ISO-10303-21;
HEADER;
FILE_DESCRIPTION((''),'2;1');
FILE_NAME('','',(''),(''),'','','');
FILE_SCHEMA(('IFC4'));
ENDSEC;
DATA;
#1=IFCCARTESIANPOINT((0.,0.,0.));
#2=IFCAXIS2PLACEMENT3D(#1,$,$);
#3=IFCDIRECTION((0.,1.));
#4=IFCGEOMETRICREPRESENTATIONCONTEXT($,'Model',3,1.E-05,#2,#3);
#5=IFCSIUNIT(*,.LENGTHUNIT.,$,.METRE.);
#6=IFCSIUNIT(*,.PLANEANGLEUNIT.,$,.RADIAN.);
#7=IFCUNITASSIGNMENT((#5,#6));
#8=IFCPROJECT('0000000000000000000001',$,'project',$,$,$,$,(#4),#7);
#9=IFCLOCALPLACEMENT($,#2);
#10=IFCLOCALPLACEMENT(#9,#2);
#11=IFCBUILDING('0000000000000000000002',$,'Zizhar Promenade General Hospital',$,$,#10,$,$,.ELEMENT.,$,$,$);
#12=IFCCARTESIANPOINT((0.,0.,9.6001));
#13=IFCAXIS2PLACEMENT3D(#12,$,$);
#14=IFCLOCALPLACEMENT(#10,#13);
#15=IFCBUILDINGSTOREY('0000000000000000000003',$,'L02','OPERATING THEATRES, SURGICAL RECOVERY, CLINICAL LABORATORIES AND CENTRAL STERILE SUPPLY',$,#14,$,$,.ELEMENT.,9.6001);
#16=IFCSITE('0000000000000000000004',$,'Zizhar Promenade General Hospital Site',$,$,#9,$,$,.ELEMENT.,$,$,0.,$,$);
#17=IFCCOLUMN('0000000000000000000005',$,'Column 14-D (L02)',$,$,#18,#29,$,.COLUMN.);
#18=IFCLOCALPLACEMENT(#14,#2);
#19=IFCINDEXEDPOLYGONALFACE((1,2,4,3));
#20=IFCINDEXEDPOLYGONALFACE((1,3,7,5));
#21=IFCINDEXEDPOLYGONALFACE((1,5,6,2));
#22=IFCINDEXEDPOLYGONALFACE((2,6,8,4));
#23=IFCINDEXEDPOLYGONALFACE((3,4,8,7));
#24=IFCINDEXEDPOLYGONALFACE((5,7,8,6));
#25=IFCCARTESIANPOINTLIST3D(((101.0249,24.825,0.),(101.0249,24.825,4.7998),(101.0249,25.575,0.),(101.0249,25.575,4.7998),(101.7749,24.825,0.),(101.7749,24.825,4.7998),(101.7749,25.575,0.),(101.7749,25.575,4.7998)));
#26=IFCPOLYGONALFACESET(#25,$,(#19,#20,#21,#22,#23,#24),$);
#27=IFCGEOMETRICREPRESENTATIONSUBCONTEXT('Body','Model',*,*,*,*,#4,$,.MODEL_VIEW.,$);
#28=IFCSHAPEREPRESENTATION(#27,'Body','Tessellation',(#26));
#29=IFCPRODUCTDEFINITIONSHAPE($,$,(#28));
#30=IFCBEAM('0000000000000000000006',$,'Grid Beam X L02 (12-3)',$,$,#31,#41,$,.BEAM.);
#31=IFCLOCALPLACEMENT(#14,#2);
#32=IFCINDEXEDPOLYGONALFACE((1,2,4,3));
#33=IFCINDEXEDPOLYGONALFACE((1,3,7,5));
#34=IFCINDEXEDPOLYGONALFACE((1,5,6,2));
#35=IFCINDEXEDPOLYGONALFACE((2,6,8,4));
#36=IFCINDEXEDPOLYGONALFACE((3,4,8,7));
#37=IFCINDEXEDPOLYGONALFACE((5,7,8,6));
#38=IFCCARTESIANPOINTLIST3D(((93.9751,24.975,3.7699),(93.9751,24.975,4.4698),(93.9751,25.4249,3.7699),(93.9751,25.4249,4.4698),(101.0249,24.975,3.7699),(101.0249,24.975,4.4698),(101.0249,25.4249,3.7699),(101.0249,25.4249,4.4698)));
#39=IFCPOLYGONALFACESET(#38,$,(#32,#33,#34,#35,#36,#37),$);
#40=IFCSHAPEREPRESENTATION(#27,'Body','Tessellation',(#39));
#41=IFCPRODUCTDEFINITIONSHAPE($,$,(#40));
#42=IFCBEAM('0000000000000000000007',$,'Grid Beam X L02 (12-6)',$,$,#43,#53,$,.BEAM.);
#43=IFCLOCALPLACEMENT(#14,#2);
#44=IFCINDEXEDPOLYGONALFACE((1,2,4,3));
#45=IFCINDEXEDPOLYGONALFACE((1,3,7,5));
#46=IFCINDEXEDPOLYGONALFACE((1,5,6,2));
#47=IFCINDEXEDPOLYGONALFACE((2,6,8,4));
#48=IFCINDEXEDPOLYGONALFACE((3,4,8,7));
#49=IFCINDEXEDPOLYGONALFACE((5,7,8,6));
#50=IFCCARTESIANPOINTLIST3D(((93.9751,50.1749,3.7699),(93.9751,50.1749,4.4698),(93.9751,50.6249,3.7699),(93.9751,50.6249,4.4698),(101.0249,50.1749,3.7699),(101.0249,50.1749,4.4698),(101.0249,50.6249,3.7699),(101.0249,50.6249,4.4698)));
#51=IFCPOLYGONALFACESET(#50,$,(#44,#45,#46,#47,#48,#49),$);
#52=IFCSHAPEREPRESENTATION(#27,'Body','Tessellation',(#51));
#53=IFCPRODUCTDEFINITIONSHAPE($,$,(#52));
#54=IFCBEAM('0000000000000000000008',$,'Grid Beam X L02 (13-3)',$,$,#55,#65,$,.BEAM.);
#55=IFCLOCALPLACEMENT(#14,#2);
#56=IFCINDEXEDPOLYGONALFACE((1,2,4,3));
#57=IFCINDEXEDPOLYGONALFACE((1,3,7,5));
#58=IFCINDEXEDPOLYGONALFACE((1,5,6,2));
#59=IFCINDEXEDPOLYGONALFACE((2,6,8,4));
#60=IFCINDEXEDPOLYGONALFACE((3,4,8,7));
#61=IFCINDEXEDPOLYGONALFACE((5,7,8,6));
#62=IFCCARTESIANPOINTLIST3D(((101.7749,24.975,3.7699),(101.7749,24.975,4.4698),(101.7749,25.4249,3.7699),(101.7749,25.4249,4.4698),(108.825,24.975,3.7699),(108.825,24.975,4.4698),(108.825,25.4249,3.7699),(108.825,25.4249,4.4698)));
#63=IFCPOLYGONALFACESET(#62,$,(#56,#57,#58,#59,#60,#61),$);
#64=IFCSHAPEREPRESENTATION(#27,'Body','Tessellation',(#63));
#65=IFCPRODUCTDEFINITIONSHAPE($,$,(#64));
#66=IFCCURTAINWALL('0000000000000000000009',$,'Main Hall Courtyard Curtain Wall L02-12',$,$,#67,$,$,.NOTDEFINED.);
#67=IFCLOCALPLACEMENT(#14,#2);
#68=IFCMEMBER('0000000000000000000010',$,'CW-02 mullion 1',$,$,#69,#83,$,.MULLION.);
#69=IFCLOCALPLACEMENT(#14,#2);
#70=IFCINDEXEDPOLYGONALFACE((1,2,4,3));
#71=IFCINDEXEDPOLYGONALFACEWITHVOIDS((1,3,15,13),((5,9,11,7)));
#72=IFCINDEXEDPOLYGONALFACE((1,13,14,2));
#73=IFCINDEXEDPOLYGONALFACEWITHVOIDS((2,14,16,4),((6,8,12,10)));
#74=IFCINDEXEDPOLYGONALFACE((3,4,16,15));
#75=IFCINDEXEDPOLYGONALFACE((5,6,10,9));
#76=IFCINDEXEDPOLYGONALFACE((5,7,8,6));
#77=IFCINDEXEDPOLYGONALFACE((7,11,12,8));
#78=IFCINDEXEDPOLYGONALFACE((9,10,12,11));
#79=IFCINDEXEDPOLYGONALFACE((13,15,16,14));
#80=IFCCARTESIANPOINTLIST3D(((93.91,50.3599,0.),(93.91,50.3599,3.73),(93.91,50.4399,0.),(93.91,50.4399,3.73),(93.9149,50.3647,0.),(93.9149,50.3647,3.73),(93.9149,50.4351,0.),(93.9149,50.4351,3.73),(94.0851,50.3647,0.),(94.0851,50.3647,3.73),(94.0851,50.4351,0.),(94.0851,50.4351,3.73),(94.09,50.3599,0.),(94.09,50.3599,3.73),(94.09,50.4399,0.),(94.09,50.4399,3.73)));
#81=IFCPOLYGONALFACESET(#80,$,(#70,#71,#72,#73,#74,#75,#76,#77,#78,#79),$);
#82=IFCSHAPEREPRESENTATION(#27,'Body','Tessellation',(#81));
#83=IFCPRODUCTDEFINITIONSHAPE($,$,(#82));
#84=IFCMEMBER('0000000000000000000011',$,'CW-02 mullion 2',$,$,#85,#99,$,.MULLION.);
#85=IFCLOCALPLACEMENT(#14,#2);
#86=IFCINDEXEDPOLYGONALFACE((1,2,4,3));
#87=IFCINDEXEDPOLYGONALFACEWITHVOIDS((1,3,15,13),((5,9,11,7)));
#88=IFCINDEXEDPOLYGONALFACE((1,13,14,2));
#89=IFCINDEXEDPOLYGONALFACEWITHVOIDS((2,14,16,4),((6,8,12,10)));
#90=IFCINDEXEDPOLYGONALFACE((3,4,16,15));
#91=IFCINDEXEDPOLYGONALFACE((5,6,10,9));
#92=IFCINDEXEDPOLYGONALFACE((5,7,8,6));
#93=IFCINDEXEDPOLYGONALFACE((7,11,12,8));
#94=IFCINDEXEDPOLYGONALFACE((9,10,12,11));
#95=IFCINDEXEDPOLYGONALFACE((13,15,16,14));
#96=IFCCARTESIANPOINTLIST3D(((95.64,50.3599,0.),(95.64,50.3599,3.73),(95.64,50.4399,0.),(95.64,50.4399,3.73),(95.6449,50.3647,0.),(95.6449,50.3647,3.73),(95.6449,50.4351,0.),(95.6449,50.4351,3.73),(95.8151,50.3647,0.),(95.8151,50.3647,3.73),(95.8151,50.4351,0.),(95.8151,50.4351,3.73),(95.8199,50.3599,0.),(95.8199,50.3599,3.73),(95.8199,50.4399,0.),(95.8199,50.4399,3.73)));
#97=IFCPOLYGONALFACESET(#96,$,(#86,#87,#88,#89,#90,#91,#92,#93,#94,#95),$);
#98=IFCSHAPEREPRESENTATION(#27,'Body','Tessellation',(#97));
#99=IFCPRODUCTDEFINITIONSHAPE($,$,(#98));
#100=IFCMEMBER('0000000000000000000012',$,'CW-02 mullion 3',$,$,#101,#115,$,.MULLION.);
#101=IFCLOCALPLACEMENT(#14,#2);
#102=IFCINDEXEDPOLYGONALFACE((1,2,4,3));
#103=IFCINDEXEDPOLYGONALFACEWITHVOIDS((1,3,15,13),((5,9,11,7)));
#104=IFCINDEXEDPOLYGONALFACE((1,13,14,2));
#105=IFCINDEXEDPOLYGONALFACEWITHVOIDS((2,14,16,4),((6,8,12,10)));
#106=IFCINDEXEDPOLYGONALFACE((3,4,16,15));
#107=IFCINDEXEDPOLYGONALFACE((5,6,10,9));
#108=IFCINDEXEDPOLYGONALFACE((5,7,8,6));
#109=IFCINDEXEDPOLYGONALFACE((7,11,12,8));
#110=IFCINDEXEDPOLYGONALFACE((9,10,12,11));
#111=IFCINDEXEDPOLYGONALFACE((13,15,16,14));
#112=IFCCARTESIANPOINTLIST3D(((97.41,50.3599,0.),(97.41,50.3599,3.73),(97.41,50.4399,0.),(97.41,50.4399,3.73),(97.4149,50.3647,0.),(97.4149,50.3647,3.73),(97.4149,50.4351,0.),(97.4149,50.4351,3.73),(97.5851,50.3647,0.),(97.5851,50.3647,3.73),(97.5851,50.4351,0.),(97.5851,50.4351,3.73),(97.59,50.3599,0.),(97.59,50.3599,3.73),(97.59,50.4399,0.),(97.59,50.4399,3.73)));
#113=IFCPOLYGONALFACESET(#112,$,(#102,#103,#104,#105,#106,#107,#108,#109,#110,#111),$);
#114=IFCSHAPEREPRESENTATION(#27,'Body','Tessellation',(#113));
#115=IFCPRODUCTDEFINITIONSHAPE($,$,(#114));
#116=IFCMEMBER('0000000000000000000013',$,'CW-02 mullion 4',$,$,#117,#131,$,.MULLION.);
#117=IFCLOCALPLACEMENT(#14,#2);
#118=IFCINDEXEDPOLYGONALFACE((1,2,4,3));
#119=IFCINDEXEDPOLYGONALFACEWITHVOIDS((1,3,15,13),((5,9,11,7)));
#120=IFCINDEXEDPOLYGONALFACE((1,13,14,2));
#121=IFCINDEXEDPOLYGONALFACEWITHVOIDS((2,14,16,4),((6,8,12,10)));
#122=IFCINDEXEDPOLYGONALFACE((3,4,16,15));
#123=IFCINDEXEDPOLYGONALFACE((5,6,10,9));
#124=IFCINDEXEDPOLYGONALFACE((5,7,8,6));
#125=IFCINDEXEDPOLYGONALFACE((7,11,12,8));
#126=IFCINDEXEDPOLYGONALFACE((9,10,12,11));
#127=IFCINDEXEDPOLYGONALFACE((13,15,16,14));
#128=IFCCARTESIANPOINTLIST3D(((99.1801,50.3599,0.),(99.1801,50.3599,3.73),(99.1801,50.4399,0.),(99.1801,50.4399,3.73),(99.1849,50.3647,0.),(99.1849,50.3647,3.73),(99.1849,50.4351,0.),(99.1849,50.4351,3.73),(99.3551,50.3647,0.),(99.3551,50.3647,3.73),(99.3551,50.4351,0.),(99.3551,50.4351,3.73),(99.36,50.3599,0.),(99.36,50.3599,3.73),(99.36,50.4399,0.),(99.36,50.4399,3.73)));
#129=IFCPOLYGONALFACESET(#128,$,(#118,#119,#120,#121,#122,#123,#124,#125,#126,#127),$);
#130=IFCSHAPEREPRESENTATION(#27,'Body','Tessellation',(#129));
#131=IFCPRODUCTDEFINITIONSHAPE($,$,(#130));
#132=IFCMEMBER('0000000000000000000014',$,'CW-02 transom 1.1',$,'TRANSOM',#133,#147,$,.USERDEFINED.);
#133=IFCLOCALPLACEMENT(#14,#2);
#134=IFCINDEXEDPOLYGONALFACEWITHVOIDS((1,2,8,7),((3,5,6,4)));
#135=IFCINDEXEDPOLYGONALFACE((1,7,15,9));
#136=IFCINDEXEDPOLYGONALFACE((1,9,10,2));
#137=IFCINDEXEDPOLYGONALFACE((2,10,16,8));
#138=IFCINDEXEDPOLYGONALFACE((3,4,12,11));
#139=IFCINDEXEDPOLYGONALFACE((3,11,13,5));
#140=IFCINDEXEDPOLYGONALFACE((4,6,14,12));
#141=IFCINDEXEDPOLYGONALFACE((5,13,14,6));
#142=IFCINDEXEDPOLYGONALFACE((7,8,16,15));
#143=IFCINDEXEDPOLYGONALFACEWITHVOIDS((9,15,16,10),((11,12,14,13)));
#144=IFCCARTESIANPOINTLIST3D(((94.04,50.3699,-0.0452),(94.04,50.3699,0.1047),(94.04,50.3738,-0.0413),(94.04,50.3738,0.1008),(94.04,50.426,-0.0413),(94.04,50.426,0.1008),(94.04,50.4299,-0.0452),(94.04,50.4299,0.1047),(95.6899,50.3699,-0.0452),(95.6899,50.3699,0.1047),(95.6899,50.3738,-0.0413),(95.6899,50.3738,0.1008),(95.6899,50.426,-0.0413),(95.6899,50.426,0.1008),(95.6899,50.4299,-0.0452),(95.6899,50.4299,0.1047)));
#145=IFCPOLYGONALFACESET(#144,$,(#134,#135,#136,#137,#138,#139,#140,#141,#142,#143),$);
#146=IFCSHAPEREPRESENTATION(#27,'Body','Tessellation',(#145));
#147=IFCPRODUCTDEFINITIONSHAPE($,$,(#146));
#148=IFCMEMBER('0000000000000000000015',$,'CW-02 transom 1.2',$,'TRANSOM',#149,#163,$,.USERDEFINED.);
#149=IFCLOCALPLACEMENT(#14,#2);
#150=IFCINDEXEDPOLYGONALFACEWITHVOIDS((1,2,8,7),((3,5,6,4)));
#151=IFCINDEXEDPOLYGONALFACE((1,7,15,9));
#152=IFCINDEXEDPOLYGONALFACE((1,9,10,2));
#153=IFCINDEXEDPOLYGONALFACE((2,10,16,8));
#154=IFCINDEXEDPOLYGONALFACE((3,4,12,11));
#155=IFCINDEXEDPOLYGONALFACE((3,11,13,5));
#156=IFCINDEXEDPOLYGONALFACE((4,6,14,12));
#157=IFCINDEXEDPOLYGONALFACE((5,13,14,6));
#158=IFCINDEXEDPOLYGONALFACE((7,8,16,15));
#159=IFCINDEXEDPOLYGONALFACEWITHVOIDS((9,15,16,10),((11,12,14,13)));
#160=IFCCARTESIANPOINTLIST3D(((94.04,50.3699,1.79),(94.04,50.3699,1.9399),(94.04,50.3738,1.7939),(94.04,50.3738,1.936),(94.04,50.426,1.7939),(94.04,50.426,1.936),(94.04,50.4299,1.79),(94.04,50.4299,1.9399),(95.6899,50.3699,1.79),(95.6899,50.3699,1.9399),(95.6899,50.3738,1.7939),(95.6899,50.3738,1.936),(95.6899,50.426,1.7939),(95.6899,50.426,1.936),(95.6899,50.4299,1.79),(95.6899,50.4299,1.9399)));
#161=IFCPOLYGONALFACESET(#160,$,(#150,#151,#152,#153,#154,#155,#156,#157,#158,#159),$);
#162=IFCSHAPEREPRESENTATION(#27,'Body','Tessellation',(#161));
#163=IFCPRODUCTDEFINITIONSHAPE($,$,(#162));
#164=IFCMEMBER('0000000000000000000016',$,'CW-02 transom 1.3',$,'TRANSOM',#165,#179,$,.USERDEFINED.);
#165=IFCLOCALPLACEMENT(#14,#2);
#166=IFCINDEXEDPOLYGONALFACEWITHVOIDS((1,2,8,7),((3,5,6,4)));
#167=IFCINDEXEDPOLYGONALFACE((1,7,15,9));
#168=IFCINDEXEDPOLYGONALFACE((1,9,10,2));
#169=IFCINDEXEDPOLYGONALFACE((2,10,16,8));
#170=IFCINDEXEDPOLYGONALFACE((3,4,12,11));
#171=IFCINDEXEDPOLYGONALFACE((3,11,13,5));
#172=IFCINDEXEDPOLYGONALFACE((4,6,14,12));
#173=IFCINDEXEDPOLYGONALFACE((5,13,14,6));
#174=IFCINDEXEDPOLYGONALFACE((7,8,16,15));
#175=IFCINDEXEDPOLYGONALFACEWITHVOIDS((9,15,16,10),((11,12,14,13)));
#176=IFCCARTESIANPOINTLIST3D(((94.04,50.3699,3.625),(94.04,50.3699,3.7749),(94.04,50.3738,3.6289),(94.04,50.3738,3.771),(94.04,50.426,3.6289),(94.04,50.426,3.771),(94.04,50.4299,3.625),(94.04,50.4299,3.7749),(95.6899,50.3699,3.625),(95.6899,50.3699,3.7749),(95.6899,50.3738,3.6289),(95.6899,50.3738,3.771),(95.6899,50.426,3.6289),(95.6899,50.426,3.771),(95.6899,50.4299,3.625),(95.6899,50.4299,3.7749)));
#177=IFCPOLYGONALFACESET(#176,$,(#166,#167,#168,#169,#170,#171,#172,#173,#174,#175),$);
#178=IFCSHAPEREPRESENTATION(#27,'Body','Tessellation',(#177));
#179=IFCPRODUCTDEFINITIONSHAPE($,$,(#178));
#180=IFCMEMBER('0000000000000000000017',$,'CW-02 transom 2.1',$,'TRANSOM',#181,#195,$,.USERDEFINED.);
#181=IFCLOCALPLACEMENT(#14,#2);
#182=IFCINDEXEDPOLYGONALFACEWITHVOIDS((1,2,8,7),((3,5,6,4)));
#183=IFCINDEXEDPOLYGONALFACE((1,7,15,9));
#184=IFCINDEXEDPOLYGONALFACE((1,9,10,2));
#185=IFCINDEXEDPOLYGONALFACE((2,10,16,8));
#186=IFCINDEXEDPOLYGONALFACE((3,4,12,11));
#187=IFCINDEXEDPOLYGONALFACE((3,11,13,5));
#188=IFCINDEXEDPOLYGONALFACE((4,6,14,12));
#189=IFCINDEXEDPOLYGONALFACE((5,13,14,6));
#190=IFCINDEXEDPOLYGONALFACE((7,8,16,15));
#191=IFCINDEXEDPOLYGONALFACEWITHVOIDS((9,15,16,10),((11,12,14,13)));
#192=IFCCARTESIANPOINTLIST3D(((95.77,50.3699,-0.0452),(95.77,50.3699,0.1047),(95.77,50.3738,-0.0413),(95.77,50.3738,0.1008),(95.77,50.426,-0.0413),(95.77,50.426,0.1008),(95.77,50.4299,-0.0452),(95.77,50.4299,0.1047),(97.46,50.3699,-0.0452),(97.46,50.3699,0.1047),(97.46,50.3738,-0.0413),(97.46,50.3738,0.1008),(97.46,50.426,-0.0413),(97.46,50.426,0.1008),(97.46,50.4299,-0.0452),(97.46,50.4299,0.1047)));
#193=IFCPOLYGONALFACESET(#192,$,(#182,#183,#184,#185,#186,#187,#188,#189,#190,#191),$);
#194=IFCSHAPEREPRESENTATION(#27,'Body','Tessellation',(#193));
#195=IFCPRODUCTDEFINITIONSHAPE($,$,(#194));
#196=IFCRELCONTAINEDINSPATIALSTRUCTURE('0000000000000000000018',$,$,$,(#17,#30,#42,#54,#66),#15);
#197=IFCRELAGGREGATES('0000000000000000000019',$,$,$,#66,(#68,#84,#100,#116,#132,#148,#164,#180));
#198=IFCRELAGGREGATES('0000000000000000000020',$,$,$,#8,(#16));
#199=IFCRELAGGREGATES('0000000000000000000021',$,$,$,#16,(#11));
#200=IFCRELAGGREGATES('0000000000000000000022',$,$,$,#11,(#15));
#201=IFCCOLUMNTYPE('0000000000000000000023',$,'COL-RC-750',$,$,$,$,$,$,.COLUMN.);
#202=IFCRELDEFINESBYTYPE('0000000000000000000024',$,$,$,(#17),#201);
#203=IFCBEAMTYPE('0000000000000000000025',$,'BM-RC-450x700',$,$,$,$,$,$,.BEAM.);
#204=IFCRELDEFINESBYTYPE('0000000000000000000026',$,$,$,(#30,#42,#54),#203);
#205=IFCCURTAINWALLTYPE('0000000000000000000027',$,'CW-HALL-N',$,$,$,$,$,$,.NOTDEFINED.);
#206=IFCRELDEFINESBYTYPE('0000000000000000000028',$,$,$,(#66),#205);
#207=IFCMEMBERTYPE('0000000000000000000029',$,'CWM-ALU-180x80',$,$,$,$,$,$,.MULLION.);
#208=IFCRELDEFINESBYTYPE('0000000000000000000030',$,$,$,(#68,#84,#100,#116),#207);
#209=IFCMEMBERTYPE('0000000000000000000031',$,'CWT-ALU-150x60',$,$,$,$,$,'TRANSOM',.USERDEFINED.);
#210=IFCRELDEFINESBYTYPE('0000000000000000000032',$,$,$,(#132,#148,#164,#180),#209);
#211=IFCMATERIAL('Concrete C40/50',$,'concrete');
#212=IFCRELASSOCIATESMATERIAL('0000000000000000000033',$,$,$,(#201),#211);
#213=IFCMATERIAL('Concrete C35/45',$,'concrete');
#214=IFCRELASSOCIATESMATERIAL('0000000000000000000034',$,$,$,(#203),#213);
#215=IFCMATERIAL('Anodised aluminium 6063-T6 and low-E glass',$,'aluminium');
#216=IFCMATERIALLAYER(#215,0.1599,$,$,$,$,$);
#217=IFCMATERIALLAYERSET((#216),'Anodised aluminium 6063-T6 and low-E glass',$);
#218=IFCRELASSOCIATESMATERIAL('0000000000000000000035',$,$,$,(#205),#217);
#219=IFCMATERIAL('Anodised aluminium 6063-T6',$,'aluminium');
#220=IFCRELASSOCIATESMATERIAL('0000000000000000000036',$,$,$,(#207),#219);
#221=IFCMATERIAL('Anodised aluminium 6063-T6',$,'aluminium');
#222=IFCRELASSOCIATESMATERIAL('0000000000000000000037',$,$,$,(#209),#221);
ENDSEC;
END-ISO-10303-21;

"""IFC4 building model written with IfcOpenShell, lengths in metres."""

from ifc_helpers import new_model, si_unit, direction, frame, origin, origin_2d, place, context, subcontext, project, spatial, rectangle, hollow_rectangle, extrude, material, layer, layer_set, material_profile, profile_set, type_object, element, aggregate, save


model = new_model("IFC4")

# Units and contexts
model_context = context("Model", 3, precision=1e-05, world=origin(), true_north=direction((0.0, 1.0)))
body_context = subcontext(model_context, "Body", "Model", "MODEL_VIEW")
ifc_project = project(units=[si_unit("LENGTHUNIT", "METRE"), si_unit("PLANEANGLEUNIT", "RADIAN")], contexts=[model_context])

# Site, building, storey
site_placement = place(None, origin())
site = spatial("IfcSite", under=ifc_project, at=site_placement, Name="Zizhar Promenade General Hospital Site", CompositionType="ELEMENT", RefElevation=0.0)
building_placement = place(site_placement, origin())
building = spatial("IfcBuilding", under=site, at=building_placement, Name="Zizhar Promenade General Hospital", CompositionType="ELEMENT")
storey_placement = place(building_placement, frame((0.0, 0.0, 9.6001)))
storey = spatial("IfcBuildingStorey", under=building, at=storey_placement, Name="L02", Description="OPERATING THEATRES, SURGICAL RECOVERY, CLINICAL LABORATORIES AND CENTRAL STERILE SUPPLY", CompositionType="ELEMENT", Elevation=9.6001)

# Column
ifc_material_1 = material(Name="Concrete C40/50", Category="concrete")
ifc_material_profile_1 = material_profile(ifc_material_1, rectangle(XDim=0.75, YDim=0.75, at=origin_2d()))
ifc_profile_set_1 = profile_set([ifc_material_profile_1], Name="Concrete C40/50")
column_type = type_object("IfcColumnType", Name="COL-RC-750", PredefinedType="COLUMN", material=ifc_profile_set_1)
column_placement = place(storey_placement, frame((101.3999, 25.2, 0.0), z_axis=(0.0, 0.0, 1.0), x_axis=(1.0, 0.0, 0.0)))
element("IfcColumn", 1, at=column_placement, inside=storey, type_object=column_type, Name="Column 14-D (L02)", PredefinedType="COLUMN", context=body_context, shape_type="SweptSolid", body=[
    extrude(rectangle(XDim=0.75, YDim=0.75, at=origin_2d()), origin(), (0.0, 0.0, 1.0), 4.7998),
])

# Beams
ifc_material_2 = material(Name="Concrete C35/45", Category="concrete")
ifc_material_profile_2 = material_profile(ifc_material_2, rectangle(XDim=0.45, YDim=0.7, at=origin_2d()))
ifc_profile_set_2 = profile_set([ifc_material_profile_2], Name="Concrete C35/45")
beam_type = type_object("IfcBeamType", Name="BM-RC-450x700", PredefinedType="BEAM", material=ifc_profile_set_2)
for number, where, z_axis, x_axis, name in (
    (2, (93.9751, 25.2, 4.1199), (1.0, 0.0, 0.0), (0.0, 1.0, 0.0), "Grid Beam X L02 (12-3)"),
    (3, (93.9751, 50.3999, 4.1199), (1.0, 0.0, 0.0), (0.0, 1.0, 0.0), "Grid Beam X L02 (12-6)"),
):
    element("IfcBeam", number, at=place(storey_placement, frame(where, z_axis=z_axis, x_axis=x_axis)), inside=storey, type_object=beam_type, Name=name, PredefinedType="BEAM", context=body_context, shape_type="SweptSolid", body=[
        extrude(rectangle(XDim=0.45, YDim=0.7, at=origin_2d()), origin(), (0.0, 0.0, 1.0), 7.0498),
    ])
beam_placement = place(storey_placement, frame((101.7749, 25.2, 4.1199), z_axis=(1.0, 0.0, 0.0), x_axis=(0.0, 1.0, 0.0)))
element("IfcBeam", 4, at=beam_placement, inside=storey, type_object=beam_type, Name="Grid Beam X L02 (13-3)", PredefinedType="BEAM", context=body_context, shape_type="SweptSolid", body=[
    extrude(rectangle(XDim=0.45, YDim=0.7, at=origin_2d()), origin(), (0.0, 0.0, 1.0), 7.05),
])

# Curtain wall, members
ifc_material_3 = material(Name="Anodised aluminium 6063-T6 and low-E glass", Category="aluminium")
ifc_layer_1 = layer(ifc_material_3, 0.1599)
ifc_layer_set_1 = layer_set([ifc_layer_1], Name="Anodised aluminium 6063-T6 and low-E glass")
curtain_wall_type = type_object("IfcCurtainWallType", Name="CW-HALL-N", PredefinedType="NOTDEFINED", material=ifc_layer_set_1)
curtain_wall_placement = place(storey_placement, origin())
curtain_wall = element("IfcCurtainWall", 5, at=curtain_wall_placement, inside=storey, type_object=curtain_wall_type, Name="Main Hall Courtyard Curtain Wall L02-12", PredefinedType="NOTDEFINED")
ifc_material_4 = material(Name="Anodised aluminium 6063-T6", Category="aluminium")
ifc_material_profile_3 = material_profile(ifc_material_4, hollow_rectangle(XDim=0.0801, YDim=0.1799, WallThickness=0.0049, at=origin_2d()))
ifc_profile_set_3 = profile_set([ifc_material_profile_3], Name="Anodised aluminium 6063-T6")
member_type_1 = type_object("IfcMemberType", Name="CWM-ALU-180x80", PredefinedType="MULLION", material=ifc_profile_set_3)
member_1_placement = place(storey_placement, frame((94.0, 50.3999, 0.0), z_axis=(0.0, 0.0, 1.0), x_axis=(0.0, 1.0, 0.0)))
member_1 = element("IfcMember", 6, at=member_1_placement, type_object=member_type_1, Name="CW-02 mullion 1", PredefinedType="MULLION", context=body_context, shape_type="SweptSolid", body=[
    extrude(hollow_rectangle(XDim=0.0801, YDim=0.1799, WallThickness=0.0049, at=origin_2d()), origin(), (0.0, 0.0, 1.0), 3.73),
])
member_2_placement = place(storey_placement, frame((95.73, 50.3999, 0.0), z_axis=(0.0, 0.0, 1.0), x_axis=(0.0, 1.0, 0.0)))
member_2 = element("IfcMember", 7, at=member_2_placement, type_object=member_type_1, Name="CW-02 mullion 2", PredefinedType="MULLION", context=body_context, shape_type="SweptSolid", body=[
    extrude(hollow_rectangle(XDim=0.0801, YDim=0.1799, WallThickness=0.0049, at=origin_2d()), origin(), (0.0, 0.0, 1.0), 3.73),
])
member_3_placement = place(storey_placement, frame((97.5, 50.3999, 0.0), z_axis=(0.0, 0.0, 1.0), x_axis=(0.0, 1.0, 0.0)))
member_3 = element("IfcMember", 8, at=member_3_placement, type_object=member_type_1, Name="CW-02 mullion 3", PredefinedType="MULLION", context=body_context, shape_type="SweptSolid", body=[
    extrude(hollow_rectangle(XDim=0.0801, YDim=0.1799, WallThickness=0.0049, at=origin_2d()), origin(), (0.0, 0.0, 1.0), 3.73),
])
member_4_placement = place(storey_placement, frame((99.27, 50.3999, 0.0), z_axis=(0.0, 0.0, 1.0), x_axis=(0.0, 1.0, 0.0)))
member_4 = element("IfcMember", 9, at=member_4_placement, type_object=member_type_1, Name="CW-02 mullion 4", PredefinedType="MULLION", context=body_context, shape_type="SweptSolid", body=[
    extrude(hollow_rectangle(XDim=0.0801, YDim=0.1799, WallThickness=0.0049, at=origin_2d()), origin(), (0.0, 0.0, 1.0), 3.73),
])
ifc_material_5 = material(Name="Anodised aluminium 6063-T6", Category="aluminium")
ifc_material_profile_4 = material_profile(ifc_material_5, hollow_rectangle(XDim=0.0601, YDim=0.1499, WallThickness=0.0039, at=origin_2d()))
ifc_profile_set_4 = profile_set([ifc_material_profile_4], Name="Anodised aluminium 6063-T6")
member_type_2 = type_object("IfcMemberType", Name="CWT-ALU-150x60", ElementType="TRANSOM", PredefinedType="USERDEFINED", material=ifc_profile_set_4)
member_5_placement = place(storey_placement, frame((94.04, 50.3999, 0.0298), z_axis=(1.0, 0.0, 0.0), x_axis=(0.0, 1.0, 0.0)))
member_5 = element("IfcMember", 10, at=member_5_placement, type_object=member_type_2, Name="CW-02 transom 1.1", ObjectType="TRANSOM", PredefinedType="USERDEFINED", context=body_context, shape_type="SweptSolid", body=[
    extrude(hollow_rectangle(XDim=0.0601, YDim=0.1499, WallThickness=0.0039, at=origin_2d()), origin(), (0.0, 0.0, 1.0), 1.6499),
])
member_6_placement = place(storey_placement, frame((94.04, 50.3999, 1.865), z_axis=(1.0, 0.0, 0.0), x_axis=(0.0, 1.0, 0.0)))
member_6 = element("IfcMember", 11, at=member_6_placement, type_object=member_type_2, Name="CW-02 transom 1.2", ObjectType="TRANSOM", PredefinedType="USERDEFINED", context=body_context, shape_type="SweptSolid", body=[
    extrude(hollow_rectangle(XDim=0.0601, YDim=0.1499, WallThickness=0.0039, at=origin_2d()), origin(), (0.0, 0.0, 1.0), 1.6499),
])
member_7_placement = place(storey_placement, frame((94.04, 50.3999, 3.7), z_axis=(1.0, 0.0, 0.0), x_axis=(0.0, 1.0, 0.0)))
member_7 = element("IfcMember", 12, at=member_7_placement, type_object=member_type_2, Name="CW-02 transom 1.3", ObjectType="TRANSOM", PredefinedType="USERDEFINED", context=body_context, shape_type="SweptSolid", body=[
    extrude(hollow_rectangle(XDim=0.0601, YDim=0.1499, WallThickness=0.0039, at=origin_2d()), origin(), (0.0, 0.0, 1.0), 1.6499),
])
member_8_placement = place(storey_placement, frame((95.77, 50.3999, 0.0298), z_axis=(1.0, 0.0, 0.0), x_axis=(0.0, 1.0, 0.0)))
member_8 = element("IfcMember", 13, at=member_8_placement, type_object=member_type_2, Name="CW-02 transom 2.1", ObjectType="TRANSOM", PredefinedType="USERDEFINED", context=body_context, shape_type="SweptSolid", body=[
    extrude(hollow_rectangle(XDim=0.0601, YDim=0.1499, WallThickness=0.0039, at=origin_2d()), origin(), (0.0, 0.0, 1.0), 1.6899),
])
aggregate(curtain_wall, [member_1, member_2, member_3, member_4, member_5, member_6, member_7, member_8])

save(model, "model.ifc")
